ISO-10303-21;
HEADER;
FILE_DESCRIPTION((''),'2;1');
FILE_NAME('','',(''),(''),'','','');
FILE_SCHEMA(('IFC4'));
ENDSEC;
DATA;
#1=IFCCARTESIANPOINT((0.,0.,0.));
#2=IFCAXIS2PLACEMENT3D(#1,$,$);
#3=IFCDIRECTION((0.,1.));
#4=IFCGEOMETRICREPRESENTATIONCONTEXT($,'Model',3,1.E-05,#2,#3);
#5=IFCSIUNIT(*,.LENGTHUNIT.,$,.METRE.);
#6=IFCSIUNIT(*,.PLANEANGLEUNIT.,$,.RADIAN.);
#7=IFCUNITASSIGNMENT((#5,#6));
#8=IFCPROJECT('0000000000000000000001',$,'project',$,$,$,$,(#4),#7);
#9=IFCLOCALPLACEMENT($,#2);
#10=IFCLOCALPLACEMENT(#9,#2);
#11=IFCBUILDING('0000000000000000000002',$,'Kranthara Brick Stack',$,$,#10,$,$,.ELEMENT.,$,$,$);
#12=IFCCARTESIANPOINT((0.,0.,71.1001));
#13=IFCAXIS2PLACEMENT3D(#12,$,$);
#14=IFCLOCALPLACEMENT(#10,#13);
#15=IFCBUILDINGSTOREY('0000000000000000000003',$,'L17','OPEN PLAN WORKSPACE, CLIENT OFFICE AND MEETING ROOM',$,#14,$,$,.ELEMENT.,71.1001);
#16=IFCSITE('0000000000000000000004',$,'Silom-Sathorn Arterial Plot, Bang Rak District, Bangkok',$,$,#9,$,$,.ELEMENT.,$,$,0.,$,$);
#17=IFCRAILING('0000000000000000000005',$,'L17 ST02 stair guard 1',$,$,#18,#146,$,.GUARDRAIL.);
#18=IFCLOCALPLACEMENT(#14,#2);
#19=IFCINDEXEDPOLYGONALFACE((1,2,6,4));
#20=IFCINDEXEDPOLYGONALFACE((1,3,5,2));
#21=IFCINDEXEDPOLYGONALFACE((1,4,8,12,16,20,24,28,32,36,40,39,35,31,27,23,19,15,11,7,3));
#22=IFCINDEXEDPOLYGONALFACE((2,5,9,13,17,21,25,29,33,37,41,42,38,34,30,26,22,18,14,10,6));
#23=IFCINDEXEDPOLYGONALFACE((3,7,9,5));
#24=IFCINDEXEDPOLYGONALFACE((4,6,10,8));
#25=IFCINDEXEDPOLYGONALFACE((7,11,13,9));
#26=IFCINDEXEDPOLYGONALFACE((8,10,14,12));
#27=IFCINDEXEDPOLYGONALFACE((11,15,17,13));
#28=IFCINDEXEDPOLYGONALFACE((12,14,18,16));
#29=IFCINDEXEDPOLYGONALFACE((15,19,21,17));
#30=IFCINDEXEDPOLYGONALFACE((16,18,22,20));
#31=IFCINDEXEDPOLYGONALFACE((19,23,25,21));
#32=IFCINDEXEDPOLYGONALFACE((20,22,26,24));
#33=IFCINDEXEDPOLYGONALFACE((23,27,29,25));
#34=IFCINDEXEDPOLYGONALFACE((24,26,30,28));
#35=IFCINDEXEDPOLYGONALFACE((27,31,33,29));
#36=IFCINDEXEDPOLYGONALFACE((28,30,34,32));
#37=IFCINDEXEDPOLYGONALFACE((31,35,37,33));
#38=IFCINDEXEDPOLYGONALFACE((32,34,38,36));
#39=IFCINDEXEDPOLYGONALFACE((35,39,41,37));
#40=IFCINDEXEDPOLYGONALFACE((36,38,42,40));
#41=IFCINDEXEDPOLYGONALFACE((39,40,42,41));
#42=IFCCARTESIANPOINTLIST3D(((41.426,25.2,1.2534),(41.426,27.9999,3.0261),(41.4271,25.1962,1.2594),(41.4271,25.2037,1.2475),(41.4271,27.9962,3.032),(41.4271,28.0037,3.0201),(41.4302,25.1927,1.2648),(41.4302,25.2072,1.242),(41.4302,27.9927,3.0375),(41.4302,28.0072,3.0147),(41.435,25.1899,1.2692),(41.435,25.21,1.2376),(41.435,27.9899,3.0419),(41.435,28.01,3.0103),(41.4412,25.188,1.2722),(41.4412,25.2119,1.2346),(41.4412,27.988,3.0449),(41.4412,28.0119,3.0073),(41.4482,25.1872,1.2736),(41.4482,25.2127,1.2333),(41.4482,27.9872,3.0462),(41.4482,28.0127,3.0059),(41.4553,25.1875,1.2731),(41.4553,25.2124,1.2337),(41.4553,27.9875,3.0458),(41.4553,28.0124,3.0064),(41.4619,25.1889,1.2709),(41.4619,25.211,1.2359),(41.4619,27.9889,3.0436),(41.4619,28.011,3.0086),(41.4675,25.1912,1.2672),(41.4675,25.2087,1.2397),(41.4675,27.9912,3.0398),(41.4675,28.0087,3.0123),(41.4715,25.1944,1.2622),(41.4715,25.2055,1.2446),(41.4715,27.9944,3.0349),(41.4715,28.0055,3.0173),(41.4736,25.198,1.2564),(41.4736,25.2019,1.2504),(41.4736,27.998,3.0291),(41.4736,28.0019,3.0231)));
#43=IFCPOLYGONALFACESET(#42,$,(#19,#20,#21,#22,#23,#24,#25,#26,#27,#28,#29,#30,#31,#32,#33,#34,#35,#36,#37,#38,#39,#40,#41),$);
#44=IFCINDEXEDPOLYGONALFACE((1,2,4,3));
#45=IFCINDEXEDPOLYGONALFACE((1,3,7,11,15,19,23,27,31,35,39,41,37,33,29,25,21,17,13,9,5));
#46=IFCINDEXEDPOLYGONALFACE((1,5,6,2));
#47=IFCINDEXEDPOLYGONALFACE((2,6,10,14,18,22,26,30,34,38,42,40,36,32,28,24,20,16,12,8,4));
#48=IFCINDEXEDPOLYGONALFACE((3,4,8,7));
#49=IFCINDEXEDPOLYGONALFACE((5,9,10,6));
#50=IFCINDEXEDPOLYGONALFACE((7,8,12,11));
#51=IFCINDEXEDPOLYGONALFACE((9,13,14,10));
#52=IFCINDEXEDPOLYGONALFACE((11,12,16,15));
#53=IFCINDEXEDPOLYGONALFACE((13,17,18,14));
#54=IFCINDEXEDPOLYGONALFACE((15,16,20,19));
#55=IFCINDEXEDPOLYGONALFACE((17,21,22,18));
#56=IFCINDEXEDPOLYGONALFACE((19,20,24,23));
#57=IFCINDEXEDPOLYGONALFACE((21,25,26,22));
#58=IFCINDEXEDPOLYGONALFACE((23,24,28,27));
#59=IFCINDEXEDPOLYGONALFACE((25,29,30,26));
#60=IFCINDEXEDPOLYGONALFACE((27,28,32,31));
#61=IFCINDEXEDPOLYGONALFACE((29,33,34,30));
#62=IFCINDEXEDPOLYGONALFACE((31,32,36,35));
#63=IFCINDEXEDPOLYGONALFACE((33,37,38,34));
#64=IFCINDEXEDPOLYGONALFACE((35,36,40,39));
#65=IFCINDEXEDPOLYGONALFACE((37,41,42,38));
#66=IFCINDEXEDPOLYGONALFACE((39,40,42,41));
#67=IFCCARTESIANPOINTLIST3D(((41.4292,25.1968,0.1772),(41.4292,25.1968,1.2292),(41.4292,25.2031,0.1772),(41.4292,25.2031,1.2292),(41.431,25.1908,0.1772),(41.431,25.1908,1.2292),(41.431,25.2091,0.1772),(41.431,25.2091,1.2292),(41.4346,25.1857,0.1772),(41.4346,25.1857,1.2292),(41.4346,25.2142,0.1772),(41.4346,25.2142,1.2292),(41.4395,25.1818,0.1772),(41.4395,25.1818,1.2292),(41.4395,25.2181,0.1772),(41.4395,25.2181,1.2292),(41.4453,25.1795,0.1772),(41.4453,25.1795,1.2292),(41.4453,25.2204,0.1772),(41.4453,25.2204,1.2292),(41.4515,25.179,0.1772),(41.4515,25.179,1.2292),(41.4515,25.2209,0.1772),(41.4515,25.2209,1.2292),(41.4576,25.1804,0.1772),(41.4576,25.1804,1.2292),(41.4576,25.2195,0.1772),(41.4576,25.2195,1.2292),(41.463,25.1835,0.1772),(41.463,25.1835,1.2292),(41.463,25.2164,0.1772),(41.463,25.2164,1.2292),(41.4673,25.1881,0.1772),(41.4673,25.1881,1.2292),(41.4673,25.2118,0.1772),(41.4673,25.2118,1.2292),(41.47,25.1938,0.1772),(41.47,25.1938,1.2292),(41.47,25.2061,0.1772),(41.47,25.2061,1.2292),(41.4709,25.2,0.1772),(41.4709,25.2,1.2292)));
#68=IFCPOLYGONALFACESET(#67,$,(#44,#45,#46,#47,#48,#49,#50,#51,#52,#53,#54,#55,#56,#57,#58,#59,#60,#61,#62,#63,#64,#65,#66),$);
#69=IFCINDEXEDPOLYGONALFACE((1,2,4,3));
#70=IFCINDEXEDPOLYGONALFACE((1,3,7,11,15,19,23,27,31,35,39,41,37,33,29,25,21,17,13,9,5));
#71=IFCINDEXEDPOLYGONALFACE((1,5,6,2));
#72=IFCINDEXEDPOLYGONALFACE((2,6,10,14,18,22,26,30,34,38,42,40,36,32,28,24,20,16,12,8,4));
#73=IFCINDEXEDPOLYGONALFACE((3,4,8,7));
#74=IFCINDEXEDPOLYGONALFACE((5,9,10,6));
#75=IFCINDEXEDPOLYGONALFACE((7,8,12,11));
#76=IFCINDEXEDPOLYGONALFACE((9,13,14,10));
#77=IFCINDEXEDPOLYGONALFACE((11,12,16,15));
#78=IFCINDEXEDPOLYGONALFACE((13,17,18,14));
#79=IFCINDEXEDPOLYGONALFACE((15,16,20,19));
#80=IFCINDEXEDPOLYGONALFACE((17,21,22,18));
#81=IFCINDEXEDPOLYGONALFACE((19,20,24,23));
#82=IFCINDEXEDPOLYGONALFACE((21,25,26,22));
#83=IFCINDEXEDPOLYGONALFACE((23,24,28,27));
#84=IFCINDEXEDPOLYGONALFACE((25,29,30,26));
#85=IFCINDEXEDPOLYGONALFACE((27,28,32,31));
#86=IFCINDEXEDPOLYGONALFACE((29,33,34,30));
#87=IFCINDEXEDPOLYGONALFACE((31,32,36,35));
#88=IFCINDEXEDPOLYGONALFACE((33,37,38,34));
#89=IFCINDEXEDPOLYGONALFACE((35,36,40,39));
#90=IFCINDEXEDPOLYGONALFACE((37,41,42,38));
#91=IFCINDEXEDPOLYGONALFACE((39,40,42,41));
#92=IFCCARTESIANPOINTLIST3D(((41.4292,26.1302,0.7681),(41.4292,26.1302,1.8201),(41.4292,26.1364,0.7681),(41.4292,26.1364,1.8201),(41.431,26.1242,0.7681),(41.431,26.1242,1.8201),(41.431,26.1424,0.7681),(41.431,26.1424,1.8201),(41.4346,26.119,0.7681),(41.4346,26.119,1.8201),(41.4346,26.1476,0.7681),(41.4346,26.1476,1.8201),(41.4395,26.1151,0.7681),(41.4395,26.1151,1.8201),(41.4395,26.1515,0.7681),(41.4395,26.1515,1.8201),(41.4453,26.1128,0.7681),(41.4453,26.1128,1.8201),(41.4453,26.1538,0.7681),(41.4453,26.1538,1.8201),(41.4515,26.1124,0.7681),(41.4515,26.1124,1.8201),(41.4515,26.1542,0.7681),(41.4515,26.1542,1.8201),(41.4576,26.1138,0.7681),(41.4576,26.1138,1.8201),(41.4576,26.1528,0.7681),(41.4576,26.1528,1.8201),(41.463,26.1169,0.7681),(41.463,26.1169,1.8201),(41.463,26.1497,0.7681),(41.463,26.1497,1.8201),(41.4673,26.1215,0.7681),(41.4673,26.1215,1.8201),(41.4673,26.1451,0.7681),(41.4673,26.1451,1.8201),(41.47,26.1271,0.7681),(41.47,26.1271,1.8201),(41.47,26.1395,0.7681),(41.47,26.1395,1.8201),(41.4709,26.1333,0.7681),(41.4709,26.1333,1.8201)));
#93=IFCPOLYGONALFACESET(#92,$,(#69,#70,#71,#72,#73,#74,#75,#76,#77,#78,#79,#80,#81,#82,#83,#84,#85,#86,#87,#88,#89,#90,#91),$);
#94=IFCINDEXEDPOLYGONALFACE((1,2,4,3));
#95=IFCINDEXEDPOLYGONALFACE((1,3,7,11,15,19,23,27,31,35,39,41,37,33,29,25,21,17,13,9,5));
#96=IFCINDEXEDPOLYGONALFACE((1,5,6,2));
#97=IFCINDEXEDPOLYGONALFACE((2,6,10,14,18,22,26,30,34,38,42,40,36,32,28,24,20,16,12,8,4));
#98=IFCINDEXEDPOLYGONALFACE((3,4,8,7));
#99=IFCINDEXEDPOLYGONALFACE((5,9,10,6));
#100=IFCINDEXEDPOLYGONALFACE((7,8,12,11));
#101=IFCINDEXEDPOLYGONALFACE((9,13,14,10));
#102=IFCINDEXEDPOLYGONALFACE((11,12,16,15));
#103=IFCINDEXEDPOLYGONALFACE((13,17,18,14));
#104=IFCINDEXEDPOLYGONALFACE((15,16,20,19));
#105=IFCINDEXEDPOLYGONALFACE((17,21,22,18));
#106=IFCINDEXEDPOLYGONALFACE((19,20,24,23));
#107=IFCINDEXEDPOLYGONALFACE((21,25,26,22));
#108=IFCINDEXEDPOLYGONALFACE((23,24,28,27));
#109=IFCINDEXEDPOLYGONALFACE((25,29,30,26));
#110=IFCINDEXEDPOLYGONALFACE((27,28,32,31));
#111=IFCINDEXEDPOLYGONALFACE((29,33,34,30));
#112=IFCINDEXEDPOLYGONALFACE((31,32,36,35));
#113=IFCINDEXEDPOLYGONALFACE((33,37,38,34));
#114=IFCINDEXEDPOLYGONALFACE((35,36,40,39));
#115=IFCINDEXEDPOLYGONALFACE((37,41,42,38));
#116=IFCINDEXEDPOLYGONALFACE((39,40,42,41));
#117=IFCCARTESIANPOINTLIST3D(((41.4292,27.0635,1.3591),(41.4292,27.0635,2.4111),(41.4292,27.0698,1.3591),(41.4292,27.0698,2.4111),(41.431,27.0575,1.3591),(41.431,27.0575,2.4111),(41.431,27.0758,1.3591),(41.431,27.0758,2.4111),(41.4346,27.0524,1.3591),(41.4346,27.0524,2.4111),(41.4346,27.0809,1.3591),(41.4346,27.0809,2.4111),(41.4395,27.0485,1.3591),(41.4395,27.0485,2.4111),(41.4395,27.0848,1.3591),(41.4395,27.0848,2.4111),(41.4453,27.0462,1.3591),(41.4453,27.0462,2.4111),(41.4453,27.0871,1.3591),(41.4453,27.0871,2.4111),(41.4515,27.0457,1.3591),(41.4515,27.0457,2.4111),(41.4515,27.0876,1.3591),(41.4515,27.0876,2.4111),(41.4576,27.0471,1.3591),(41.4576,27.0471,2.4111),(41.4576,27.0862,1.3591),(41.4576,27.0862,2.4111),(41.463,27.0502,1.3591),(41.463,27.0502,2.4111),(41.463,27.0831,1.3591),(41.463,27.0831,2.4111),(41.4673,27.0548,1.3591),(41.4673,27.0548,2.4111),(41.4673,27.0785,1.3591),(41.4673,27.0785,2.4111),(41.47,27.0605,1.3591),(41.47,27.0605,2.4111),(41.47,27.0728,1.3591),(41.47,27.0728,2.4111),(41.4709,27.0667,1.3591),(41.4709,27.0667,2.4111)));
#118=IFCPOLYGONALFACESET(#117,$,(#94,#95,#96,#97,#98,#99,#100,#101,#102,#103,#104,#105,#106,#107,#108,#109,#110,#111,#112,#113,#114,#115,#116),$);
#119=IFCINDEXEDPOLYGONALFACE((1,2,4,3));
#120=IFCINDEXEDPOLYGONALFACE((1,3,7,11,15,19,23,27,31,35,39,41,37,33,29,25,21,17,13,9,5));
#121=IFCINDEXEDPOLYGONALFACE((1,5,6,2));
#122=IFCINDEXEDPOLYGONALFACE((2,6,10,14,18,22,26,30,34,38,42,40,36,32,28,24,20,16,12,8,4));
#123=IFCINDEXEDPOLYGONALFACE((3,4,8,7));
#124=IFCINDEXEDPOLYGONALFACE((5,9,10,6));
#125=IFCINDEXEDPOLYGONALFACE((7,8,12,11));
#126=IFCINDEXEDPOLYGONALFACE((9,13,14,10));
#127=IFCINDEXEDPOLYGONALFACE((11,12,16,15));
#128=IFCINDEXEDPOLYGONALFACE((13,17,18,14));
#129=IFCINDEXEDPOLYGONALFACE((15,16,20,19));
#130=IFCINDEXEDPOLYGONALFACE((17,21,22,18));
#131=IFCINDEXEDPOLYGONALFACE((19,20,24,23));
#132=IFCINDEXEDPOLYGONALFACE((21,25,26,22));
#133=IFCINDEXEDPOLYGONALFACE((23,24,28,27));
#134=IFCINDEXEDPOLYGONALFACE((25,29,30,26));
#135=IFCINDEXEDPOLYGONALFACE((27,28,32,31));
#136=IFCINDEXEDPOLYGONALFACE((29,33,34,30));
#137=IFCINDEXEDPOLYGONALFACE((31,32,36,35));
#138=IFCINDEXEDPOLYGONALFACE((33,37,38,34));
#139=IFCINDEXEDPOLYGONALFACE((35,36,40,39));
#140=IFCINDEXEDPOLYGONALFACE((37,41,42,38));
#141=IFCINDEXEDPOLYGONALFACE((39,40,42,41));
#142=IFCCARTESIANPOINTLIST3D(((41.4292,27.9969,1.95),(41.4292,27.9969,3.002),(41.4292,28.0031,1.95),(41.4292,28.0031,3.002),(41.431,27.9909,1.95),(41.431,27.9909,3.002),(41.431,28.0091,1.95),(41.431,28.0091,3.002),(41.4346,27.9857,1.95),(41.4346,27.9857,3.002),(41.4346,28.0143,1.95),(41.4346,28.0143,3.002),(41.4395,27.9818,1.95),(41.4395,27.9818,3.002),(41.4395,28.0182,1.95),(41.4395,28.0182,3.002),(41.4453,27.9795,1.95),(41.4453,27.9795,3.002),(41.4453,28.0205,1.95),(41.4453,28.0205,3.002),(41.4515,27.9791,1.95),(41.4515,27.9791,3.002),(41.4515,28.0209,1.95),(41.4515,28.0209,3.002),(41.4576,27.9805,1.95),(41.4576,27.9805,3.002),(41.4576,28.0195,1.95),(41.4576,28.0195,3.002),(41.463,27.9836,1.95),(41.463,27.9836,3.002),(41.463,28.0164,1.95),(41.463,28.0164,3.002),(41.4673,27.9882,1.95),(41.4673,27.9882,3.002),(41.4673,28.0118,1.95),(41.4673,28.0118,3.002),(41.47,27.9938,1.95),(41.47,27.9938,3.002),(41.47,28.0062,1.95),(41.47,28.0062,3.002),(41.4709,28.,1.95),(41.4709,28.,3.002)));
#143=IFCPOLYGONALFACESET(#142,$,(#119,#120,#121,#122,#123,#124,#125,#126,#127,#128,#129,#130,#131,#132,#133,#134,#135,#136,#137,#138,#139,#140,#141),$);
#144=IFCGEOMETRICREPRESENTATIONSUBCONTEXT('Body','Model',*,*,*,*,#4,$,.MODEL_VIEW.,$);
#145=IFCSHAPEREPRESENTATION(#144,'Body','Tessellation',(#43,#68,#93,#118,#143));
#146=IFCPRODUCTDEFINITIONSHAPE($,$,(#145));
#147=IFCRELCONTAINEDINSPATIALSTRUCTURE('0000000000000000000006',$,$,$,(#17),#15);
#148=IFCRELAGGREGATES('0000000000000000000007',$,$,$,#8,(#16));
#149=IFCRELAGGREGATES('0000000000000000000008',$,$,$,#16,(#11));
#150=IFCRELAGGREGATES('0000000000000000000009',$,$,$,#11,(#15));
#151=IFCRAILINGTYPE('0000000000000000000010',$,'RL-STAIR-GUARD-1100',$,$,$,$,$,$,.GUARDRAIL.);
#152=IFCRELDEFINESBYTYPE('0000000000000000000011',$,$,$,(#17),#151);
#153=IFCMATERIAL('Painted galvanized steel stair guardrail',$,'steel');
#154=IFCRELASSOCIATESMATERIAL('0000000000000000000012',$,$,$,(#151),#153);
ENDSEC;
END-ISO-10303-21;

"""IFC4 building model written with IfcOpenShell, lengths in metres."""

from ifc_helpers import new_model, si_unit, direction, frame, origin, origin_2d, place, context, subcontext, project, spatial, circle, extrude, material, type_object, element, save


model = new_model("IFC4")

# Units and contexts
model_context = context("Model", 3, precision=1e-05, world=origin(), true_north=direction((0.0, 1.0)))
body_context = subcontext(model_context, "Body", "Model", "MODEL_VIEW")
ifc_project = project(units=[si_unit("LENGTHUNIT", "METRE"), si_unit("PLANEANGLEUNIT", "RADIAN")], contexts=[model_context])

# Site, building, storey
site_placement = place(None, origin())
site = spatial("IfcSite", under=ifc_project, at=site_placement, Name="Silom-Sathorn Arterial Plot, Bang Rak District, Bangkok", CompositionType="ELEMENT", RefElevation=0.0)
building_placement = place(site_placement, origin())
building = spatial("IfcBuilding", under=site, at=building_placement, Name="Kranthara Brick Stack", CompositionType="ELEMENT")
storey_placement = place(building_placement, frame((0.0, 0.0, 71.1001)))
storey = spatial("IfcBuildingStorey", under=building, at=storey_placement, Name="L17", Description="OPEN PLAN WORKSPACE, CLIENT OFFICE AND MEETING ROOM", CompositionType="ELEMENT", Elevation=71.1001)

# Railing
ifc_material_1 = material(Name="Painted galvanized steel stair guardrail", Category="steel")
railing_type_1 = type_object("IfcRailingType", Name="RL-STAIR-GUARD-1100", PredefinedType="GUARDRAIL", material=ifc_material_1)
railing_1_placement = place(storey_placement, frame((41.45, 25.2, 0.1772)))
element("IfcRailing", 1, at=railing_1_placement, inside=storey, type_object=railing_type_1, Name="L17 ST02 stair guard 1", PredefinedType="GUARDRAIL", context=body_context, shape_type="SweptSolid", body=[
    extrude(circle(Radius=0.0239, at=origin_2d()), frame((0.0, 0.0, 1.0762), z_axis=(0.0, 0.844909, 0.53491), x_axis=(-1.0, 0.0, 0.0)), (0.0, 0.0, 1.0), 3.314),
    extrude(circle(Radius=0.021, at=origin_2d()), origin(), (0.0, 0.0, 1.0), 1.052),
    extrude(circle(Radius=0.021, at=origin_2d()), frame((0.0, 0.9333, 0.5908)), (0.0, 0.0, 1.0), 1.052),
    extrude(circle(Radius=0.021, at=origin_2d()), frame((0.0, 1.8667, 1.1819)), (0.0, 0.0, 1.0), 1.052),
    extrude(circle(Radius=0.021, at=origin_2d()), frame((0.0, 2.8, 1.7727)), (0.0, 0.0, 1.0), 1.052),
])

save(model, "model.ifc")
